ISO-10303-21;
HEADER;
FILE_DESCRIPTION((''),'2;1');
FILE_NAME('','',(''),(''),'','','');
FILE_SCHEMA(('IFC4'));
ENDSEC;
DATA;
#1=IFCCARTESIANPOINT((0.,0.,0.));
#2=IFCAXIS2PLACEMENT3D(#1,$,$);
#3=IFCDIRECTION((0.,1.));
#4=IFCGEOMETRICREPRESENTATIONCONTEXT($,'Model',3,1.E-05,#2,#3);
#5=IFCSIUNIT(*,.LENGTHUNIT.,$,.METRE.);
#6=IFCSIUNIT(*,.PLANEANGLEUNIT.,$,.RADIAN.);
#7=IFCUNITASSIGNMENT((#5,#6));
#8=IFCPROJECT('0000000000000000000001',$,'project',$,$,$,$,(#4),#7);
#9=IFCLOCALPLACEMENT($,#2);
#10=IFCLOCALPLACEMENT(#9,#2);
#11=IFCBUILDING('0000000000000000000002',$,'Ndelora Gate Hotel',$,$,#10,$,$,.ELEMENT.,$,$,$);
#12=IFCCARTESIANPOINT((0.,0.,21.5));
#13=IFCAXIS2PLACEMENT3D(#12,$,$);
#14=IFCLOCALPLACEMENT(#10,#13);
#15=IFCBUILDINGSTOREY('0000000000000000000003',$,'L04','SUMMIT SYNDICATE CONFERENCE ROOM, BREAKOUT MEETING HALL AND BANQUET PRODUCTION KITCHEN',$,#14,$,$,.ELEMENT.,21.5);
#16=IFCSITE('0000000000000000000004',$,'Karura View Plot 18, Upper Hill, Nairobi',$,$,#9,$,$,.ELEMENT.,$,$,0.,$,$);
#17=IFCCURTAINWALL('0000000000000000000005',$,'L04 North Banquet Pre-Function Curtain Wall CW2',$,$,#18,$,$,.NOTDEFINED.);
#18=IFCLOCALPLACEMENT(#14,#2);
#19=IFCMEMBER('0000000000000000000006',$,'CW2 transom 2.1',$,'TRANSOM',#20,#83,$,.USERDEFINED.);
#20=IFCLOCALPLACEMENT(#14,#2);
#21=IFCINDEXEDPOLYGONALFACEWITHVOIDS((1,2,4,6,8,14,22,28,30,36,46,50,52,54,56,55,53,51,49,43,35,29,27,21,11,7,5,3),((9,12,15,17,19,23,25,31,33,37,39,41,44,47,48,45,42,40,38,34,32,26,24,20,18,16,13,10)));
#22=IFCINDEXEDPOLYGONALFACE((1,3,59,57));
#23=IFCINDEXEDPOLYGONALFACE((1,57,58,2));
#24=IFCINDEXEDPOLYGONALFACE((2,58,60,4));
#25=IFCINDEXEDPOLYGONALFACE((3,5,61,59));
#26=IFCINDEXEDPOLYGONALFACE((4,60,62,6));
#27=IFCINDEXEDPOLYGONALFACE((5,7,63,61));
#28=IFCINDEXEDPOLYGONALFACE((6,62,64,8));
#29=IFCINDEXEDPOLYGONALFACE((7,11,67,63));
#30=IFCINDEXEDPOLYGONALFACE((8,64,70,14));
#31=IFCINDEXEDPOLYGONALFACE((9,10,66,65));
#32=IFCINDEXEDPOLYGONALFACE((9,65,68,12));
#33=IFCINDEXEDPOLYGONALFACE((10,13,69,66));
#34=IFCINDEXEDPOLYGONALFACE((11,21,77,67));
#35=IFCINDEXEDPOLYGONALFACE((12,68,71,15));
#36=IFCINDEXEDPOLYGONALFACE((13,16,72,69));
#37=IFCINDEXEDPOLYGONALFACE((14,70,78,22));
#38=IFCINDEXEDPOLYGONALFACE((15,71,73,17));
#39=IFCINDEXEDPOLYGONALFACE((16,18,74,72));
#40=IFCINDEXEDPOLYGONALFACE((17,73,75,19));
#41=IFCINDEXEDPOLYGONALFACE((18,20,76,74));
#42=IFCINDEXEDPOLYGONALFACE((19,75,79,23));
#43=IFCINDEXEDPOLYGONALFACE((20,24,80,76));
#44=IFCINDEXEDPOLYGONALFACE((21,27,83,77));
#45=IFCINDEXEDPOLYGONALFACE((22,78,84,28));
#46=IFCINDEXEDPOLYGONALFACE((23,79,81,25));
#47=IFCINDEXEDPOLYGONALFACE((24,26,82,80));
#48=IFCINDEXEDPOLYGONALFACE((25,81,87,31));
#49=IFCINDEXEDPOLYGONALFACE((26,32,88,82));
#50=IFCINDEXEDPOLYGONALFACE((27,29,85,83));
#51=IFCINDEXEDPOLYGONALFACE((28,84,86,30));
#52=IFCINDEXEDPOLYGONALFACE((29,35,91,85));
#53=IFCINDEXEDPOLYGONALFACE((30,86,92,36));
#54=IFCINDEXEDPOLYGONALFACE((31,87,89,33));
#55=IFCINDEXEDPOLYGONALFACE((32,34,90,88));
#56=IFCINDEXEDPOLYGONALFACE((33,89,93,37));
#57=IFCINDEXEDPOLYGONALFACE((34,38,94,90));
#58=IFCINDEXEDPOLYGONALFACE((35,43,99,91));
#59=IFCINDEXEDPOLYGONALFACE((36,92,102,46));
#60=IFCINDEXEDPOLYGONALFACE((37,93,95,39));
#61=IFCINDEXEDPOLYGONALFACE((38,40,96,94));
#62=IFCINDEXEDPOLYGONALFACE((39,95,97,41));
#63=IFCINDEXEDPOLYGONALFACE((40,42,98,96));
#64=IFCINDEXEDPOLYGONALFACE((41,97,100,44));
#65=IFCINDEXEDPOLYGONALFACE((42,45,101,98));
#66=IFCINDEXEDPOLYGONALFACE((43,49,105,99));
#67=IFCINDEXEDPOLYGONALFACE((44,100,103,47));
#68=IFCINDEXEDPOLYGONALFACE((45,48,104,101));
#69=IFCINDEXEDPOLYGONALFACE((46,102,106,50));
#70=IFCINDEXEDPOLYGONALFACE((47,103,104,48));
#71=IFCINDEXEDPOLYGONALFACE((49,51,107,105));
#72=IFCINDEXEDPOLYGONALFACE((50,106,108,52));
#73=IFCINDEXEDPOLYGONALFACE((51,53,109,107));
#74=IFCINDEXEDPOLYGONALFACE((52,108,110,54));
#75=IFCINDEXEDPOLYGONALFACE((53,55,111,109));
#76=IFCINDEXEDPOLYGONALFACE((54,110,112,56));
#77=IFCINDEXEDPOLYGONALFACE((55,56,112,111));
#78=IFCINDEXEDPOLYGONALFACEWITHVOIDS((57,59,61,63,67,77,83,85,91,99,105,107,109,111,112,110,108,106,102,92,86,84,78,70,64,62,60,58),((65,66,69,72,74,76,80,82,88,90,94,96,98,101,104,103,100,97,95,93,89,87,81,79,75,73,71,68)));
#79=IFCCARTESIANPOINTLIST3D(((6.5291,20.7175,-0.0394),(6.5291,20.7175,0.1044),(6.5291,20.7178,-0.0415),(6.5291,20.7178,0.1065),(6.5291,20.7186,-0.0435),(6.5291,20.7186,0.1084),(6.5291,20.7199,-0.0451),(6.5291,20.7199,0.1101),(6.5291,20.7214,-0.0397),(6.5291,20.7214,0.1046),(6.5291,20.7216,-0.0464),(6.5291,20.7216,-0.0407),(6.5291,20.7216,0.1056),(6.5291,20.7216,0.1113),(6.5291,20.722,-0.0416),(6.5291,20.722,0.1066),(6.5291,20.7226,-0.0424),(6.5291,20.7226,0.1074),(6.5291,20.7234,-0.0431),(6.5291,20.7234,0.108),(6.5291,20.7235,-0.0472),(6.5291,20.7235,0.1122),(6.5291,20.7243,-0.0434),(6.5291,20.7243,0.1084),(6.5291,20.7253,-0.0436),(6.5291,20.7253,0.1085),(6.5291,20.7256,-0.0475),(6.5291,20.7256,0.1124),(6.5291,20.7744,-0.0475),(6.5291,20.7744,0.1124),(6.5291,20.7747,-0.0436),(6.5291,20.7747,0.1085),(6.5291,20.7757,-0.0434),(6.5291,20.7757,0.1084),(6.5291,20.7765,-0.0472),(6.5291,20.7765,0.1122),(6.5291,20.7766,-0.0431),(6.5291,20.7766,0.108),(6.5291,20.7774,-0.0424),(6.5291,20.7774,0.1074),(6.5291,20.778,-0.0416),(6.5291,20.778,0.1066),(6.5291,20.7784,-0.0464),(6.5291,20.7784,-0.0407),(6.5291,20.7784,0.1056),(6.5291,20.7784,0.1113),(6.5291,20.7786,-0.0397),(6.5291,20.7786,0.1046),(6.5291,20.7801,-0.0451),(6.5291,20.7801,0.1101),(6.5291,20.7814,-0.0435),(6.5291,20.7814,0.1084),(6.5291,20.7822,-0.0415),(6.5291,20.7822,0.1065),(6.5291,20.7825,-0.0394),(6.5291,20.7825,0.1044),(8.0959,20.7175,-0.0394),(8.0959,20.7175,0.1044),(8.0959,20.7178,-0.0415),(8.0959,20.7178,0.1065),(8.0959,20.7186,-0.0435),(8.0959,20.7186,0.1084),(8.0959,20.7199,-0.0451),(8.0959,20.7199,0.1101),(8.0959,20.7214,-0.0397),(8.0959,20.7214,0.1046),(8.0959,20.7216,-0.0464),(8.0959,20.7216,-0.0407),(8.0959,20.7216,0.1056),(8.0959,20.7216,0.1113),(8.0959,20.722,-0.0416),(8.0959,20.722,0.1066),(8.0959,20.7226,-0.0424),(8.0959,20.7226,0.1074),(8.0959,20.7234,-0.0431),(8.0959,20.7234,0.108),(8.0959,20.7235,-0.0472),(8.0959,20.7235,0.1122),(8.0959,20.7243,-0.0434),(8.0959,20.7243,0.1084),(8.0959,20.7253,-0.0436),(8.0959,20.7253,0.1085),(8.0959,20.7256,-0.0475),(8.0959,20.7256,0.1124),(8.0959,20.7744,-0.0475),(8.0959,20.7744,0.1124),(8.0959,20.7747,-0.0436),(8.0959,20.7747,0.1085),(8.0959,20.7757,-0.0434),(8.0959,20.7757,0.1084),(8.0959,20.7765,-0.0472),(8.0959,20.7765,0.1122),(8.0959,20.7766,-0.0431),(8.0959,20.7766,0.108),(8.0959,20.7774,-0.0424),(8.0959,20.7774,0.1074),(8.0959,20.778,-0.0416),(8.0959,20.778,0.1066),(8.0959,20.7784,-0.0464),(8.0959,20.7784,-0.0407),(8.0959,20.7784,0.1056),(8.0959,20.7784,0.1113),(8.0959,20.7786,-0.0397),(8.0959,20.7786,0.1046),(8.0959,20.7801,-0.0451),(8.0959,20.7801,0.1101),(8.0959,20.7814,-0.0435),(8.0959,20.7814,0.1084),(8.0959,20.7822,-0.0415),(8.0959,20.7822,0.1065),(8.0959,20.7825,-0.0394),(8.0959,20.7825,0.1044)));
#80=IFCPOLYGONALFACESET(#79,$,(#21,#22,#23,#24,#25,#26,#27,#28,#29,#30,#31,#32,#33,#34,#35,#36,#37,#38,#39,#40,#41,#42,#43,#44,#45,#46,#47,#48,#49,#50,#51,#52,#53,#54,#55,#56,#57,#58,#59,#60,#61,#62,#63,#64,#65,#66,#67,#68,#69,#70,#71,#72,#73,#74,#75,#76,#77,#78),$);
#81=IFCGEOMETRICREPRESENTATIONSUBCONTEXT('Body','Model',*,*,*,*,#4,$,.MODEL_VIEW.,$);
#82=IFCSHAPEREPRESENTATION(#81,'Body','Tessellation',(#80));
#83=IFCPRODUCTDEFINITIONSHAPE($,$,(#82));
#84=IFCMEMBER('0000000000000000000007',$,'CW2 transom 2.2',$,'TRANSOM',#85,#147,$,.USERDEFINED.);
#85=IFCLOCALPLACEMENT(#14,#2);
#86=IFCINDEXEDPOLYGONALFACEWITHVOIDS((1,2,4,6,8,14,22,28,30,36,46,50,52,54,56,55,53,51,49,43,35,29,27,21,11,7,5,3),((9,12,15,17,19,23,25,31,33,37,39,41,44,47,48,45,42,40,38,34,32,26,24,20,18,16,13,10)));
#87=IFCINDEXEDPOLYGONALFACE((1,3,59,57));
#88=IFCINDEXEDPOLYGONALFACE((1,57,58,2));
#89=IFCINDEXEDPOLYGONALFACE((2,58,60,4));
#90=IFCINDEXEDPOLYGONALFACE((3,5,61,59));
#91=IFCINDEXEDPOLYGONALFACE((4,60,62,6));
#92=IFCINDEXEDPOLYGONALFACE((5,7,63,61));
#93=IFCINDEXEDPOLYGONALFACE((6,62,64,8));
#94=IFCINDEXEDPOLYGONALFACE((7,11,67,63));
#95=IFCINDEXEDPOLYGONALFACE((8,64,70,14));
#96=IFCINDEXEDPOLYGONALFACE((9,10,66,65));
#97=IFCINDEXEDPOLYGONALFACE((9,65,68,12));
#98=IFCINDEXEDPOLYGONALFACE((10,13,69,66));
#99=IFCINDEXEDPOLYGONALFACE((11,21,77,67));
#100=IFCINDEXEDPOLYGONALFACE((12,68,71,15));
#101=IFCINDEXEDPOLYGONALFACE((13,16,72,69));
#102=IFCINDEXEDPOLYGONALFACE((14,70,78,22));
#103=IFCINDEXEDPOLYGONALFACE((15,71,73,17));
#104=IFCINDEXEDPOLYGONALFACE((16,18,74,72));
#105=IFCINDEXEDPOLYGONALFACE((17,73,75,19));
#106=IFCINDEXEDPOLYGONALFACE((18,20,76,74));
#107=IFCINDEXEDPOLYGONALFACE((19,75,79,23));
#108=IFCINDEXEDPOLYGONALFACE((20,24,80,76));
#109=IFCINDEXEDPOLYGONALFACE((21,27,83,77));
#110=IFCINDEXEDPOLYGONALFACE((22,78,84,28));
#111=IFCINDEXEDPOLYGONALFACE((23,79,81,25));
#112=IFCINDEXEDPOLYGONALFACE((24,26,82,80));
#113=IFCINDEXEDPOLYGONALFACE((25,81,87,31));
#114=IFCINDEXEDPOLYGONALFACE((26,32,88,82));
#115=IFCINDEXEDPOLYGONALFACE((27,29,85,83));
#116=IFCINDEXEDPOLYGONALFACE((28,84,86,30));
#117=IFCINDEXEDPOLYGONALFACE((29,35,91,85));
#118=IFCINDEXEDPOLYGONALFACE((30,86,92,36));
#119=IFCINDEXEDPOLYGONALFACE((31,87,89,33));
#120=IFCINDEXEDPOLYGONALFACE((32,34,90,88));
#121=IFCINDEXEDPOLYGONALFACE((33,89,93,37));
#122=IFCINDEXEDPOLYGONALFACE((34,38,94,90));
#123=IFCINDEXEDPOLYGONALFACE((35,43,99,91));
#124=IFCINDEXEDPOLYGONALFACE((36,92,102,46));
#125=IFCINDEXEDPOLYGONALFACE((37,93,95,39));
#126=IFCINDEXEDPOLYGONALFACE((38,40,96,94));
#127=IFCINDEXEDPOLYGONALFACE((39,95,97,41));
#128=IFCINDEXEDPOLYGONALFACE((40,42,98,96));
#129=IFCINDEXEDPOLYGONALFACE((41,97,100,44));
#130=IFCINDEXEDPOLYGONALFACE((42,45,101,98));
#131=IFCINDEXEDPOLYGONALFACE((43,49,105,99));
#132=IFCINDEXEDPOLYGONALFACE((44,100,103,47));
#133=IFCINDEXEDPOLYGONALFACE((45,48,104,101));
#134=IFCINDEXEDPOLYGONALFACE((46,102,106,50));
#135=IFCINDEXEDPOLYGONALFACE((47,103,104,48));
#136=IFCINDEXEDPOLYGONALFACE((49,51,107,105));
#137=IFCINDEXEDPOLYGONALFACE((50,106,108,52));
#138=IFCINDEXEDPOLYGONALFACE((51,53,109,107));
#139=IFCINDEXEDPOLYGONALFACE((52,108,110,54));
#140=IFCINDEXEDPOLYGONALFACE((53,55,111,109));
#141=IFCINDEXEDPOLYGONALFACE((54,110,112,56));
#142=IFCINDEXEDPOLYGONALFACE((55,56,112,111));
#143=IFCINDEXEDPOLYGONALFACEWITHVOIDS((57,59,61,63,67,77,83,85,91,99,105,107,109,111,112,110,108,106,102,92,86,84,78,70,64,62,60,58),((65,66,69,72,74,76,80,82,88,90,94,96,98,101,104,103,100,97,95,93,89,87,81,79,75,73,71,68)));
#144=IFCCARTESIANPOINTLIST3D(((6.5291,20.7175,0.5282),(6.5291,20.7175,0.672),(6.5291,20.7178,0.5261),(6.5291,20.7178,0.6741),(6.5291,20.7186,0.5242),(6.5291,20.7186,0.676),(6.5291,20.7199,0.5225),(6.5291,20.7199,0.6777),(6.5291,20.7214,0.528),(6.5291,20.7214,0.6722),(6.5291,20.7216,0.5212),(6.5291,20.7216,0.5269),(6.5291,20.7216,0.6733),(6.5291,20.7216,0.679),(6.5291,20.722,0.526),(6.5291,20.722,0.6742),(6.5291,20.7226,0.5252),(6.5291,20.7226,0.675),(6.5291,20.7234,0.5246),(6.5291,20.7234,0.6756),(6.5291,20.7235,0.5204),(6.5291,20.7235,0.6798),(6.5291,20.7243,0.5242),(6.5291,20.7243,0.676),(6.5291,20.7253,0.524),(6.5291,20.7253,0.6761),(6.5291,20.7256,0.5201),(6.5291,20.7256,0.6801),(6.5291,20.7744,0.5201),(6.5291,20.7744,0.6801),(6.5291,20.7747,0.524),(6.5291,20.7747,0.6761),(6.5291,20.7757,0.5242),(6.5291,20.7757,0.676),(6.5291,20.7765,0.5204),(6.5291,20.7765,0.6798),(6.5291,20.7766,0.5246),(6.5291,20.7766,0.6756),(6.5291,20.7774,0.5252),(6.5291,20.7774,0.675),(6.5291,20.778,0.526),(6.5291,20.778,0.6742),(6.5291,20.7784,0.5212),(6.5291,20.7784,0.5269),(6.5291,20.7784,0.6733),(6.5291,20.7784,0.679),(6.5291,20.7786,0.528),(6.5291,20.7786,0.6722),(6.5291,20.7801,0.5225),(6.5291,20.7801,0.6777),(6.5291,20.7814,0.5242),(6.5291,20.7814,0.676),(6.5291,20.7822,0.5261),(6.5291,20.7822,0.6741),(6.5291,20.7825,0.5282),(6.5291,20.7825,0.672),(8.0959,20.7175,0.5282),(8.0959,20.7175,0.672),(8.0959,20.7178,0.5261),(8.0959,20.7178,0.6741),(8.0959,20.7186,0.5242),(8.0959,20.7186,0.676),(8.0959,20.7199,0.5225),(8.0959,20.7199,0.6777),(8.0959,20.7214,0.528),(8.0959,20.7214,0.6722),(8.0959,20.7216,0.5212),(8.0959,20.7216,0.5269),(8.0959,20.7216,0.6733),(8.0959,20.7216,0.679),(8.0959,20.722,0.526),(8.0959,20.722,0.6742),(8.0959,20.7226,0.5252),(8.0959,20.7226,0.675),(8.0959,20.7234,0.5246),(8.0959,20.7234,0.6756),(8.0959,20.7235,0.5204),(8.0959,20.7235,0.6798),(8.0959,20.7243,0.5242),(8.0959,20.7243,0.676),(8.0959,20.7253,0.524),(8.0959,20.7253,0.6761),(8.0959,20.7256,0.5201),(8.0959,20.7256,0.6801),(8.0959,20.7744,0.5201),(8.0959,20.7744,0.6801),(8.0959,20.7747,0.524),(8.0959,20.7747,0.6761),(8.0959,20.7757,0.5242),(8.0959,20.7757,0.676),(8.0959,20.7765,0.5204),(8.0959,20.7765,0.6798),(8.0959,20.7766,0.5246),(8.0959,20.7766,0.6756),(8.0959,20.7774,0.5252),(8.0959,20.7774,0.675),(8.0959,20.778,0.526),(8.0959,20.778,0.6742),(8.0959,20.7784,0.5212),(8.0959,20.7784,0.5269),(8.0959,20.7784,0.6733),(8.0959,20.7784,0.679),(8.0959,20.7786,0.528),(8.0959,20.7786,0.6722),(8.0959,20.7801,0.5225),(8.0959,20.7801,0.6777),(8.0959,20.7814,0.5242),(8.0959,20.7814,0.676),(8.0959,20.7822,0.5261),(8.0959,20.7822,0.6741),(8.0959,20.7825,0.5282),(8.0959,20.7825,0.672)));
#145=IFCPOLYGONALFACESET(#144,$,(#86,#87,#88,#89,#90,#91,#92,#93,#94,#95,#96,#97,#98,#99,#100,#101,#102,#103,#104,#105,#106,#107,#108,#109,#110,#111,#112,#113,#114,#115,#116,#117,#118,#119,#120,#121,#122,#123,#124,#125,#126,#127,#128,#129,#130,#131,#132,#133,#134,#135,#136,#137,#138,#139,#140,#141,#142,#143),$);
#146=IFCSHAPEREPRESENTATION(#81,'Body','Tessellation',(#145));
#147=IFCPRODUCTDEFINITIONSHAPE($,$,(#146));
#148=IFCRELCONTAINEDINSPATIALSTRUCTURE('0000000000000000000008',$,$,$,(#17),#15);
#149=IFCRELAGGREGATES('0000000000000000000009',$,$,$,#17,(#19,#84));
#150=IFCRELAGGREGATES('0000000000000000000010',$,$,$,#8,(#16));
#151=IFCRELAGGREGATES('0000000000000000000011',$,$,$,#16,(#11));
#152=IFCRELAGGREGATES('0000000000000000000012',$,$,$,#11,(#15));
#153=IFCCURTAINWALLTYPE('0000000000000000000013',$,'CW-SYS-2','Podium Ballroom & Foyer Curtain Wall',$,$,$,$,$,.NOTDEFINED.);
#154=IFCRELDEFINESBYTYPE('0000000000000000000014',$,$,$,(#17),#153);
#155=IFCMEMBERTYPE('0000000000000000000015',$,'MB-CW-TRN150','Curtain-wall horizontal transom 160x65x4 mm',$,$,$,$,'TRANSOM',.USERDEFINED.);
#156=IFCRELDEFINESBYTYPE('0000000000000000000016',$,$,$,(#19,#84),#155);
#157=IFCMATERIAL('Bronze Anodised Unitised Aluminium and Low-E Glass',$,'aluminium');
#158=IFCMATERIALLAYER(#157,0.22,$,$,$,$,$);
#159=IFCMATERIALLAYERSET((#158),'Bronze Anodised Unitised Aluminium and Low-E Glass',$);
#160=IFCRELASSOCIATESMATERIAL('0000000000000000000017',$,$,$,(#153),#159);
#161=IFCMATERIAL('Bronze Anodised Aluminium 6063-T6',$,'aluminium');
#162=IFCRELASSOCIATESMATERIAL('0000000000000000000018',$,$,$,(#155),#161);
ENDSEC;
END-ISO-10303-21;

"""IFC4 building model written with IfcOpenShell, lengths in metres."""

from ifc_helpers import new_model, si_unit, direction, frame, origin, origin_2d, place, context, subcontext, project, spatial, hollow_rectangle, extrude, material, layer, layer_set, material_profile, profile_set, type_object, element, aggregate, save


model = new_model("IFC4")

# Units and contexts
model_context = context("Model", 3, precision=1e-05, world=origin(), true_north=direction((0.0, 1.0)))
body_context = subcontext(model_context, "Body", "Model", "MODEL_VIEW")
ifc_project = project(units=[si_unit("LENGTHUNIT", "METRE"), si_unit("PLANEANGLEUNIT", "RADIAN")], contexts=[model_context])

# Site, building, storey
site_placement = place(None, origin())
site = spatial("IfcSite", under=ifc_project, at=site_placement, Name="Karura View Plot 18, Upper Hill, Nairobi", CompositionType="ELEMENT", RefElevation=0.0)
building_placement = place(site_placement, origin())
building = spatial("IfcBuilding", under=site, at=building_placement, Name="Ndelora Gate Hotel", CompositionType="ELEMENT")
storey_placement = place(building_placement, frame((0.0, 0.0, 21.5)))
storey = spatial("IfcBuildingStorey", under=building, at=storey_placement, Name="L04", Description="SUMMIT SYNDICATE CONFERENCE ROOM, BREAKOUT MEETING HALL AND BANQUET PRODUCTION KITCHEN", CompositionType="ELEMENT", Elevation=21.5)

# Curtain wall, members
ifc_material_1 = material(Name="Bronze Anodised Unitised Aluminium and Low-E Glass", Category="aluminium")
ifc_layer_1 = layer(ifc_material_1, 0.22)
ifc_layer_set_1 = layer_set([ifc_layer_1], Name="Bronze Anodised Unitised Aluminium and Low-E Glass")
curtain_wall_type = type_object("IfcCurtainWallType", Name="CW-SYS-2", Description="Podium Ballroom & Foyer Curtain Wall", PredefinedType="NOTDEFINED", material=ifc_layer_set_1)
curtain_wall_placement = place(storey_placement, origin())
curtain_wall = element("IfcCurtainWall", 1, at=curtain_wall_placement, inside=storey, type_object=curtain_wall_type, Name="L04 North Banquet Pre-Function Curtain Wall CW2", PredefinedType="NOTDEFINED")
ifc_material_2 = material(Name="Bronze Anodised Aluminium 6063-T6", Category="aluminium")
ifc_material_profile_1 = material_profile(ifc_material_2, hollow_rectangle(XDim=0.0649, YDim=0.1599, WallThickness=0.0039, InnerFilletRadius=0.0039, OuterFilletRadius=0.0081, at=origin_2d()), Name="ALU 160x65x4")
ifc_profile_set_1 = profile_set([ifc_material_profile_1], Name="Bronze Anodised Aluminium 6063-T6")
member_type_1 = type_object("IfcMemberType", Name="MB-CW-TRN150", Description="Curtain-wall horizontal transom 160x65x4 mm", ElementType="TRANSOM", PredefinedType="USERDEFINED", material=ifc_profile_set_1)
member_1_placement = place(storey_placement, frame((8.0959, 20.75, 0.0325), z_axis=(-1.0, 0.0, 0.0), x_axis=(0.0, -1.0, 0.0)))
member_1 = element("IfcMember", 2, at=member_1_placement, type_object=member_type_1, Name="CW2 transom 2.1", ObjectType="TRANSOM", PredefinedType="USERDEFINED", context=body_context, shape_type="SweptSolid", body=[
    extrude(hollow_rectangle(XDim=0.0649, YDim=0.1599, WallThickness=0.0039, InnerFilletRadius=0.0039, OuterFilletRadius=0.0081, at=origin_2d()), origin(), (0.0, 0.0, 1.0), 1.5669),
])
member_2_placement = place(storey_placement, frame((8.0959, 20.75, 0.6001), z_axis=(-1.0, 0.0, 0.0), x_axis=(0.0, -1.0, 0.0)))
member_2 = element("IfcMember", 3, at=member_2_placement, type_object=member_type_1, Name="CW2 transom 2.2", ObjectType="TRANSOM", PredefinedType="USERDEFINED", context=body_context, shape_type="SweptSolid", body=[
    extrude(hollow_rectangle(XDim=0.0649, YDim=0.1599, WallThickness=0.0039, InnerFilletRadius=0.0039, OuterFilletRadius=0.0081, at=origin_2d()), origin(), (0.0, 0.0, 1.0), 1.5669),
])
aggregate(curtain_wall, [member_1, member_2])

save(model, "model.ifc")
